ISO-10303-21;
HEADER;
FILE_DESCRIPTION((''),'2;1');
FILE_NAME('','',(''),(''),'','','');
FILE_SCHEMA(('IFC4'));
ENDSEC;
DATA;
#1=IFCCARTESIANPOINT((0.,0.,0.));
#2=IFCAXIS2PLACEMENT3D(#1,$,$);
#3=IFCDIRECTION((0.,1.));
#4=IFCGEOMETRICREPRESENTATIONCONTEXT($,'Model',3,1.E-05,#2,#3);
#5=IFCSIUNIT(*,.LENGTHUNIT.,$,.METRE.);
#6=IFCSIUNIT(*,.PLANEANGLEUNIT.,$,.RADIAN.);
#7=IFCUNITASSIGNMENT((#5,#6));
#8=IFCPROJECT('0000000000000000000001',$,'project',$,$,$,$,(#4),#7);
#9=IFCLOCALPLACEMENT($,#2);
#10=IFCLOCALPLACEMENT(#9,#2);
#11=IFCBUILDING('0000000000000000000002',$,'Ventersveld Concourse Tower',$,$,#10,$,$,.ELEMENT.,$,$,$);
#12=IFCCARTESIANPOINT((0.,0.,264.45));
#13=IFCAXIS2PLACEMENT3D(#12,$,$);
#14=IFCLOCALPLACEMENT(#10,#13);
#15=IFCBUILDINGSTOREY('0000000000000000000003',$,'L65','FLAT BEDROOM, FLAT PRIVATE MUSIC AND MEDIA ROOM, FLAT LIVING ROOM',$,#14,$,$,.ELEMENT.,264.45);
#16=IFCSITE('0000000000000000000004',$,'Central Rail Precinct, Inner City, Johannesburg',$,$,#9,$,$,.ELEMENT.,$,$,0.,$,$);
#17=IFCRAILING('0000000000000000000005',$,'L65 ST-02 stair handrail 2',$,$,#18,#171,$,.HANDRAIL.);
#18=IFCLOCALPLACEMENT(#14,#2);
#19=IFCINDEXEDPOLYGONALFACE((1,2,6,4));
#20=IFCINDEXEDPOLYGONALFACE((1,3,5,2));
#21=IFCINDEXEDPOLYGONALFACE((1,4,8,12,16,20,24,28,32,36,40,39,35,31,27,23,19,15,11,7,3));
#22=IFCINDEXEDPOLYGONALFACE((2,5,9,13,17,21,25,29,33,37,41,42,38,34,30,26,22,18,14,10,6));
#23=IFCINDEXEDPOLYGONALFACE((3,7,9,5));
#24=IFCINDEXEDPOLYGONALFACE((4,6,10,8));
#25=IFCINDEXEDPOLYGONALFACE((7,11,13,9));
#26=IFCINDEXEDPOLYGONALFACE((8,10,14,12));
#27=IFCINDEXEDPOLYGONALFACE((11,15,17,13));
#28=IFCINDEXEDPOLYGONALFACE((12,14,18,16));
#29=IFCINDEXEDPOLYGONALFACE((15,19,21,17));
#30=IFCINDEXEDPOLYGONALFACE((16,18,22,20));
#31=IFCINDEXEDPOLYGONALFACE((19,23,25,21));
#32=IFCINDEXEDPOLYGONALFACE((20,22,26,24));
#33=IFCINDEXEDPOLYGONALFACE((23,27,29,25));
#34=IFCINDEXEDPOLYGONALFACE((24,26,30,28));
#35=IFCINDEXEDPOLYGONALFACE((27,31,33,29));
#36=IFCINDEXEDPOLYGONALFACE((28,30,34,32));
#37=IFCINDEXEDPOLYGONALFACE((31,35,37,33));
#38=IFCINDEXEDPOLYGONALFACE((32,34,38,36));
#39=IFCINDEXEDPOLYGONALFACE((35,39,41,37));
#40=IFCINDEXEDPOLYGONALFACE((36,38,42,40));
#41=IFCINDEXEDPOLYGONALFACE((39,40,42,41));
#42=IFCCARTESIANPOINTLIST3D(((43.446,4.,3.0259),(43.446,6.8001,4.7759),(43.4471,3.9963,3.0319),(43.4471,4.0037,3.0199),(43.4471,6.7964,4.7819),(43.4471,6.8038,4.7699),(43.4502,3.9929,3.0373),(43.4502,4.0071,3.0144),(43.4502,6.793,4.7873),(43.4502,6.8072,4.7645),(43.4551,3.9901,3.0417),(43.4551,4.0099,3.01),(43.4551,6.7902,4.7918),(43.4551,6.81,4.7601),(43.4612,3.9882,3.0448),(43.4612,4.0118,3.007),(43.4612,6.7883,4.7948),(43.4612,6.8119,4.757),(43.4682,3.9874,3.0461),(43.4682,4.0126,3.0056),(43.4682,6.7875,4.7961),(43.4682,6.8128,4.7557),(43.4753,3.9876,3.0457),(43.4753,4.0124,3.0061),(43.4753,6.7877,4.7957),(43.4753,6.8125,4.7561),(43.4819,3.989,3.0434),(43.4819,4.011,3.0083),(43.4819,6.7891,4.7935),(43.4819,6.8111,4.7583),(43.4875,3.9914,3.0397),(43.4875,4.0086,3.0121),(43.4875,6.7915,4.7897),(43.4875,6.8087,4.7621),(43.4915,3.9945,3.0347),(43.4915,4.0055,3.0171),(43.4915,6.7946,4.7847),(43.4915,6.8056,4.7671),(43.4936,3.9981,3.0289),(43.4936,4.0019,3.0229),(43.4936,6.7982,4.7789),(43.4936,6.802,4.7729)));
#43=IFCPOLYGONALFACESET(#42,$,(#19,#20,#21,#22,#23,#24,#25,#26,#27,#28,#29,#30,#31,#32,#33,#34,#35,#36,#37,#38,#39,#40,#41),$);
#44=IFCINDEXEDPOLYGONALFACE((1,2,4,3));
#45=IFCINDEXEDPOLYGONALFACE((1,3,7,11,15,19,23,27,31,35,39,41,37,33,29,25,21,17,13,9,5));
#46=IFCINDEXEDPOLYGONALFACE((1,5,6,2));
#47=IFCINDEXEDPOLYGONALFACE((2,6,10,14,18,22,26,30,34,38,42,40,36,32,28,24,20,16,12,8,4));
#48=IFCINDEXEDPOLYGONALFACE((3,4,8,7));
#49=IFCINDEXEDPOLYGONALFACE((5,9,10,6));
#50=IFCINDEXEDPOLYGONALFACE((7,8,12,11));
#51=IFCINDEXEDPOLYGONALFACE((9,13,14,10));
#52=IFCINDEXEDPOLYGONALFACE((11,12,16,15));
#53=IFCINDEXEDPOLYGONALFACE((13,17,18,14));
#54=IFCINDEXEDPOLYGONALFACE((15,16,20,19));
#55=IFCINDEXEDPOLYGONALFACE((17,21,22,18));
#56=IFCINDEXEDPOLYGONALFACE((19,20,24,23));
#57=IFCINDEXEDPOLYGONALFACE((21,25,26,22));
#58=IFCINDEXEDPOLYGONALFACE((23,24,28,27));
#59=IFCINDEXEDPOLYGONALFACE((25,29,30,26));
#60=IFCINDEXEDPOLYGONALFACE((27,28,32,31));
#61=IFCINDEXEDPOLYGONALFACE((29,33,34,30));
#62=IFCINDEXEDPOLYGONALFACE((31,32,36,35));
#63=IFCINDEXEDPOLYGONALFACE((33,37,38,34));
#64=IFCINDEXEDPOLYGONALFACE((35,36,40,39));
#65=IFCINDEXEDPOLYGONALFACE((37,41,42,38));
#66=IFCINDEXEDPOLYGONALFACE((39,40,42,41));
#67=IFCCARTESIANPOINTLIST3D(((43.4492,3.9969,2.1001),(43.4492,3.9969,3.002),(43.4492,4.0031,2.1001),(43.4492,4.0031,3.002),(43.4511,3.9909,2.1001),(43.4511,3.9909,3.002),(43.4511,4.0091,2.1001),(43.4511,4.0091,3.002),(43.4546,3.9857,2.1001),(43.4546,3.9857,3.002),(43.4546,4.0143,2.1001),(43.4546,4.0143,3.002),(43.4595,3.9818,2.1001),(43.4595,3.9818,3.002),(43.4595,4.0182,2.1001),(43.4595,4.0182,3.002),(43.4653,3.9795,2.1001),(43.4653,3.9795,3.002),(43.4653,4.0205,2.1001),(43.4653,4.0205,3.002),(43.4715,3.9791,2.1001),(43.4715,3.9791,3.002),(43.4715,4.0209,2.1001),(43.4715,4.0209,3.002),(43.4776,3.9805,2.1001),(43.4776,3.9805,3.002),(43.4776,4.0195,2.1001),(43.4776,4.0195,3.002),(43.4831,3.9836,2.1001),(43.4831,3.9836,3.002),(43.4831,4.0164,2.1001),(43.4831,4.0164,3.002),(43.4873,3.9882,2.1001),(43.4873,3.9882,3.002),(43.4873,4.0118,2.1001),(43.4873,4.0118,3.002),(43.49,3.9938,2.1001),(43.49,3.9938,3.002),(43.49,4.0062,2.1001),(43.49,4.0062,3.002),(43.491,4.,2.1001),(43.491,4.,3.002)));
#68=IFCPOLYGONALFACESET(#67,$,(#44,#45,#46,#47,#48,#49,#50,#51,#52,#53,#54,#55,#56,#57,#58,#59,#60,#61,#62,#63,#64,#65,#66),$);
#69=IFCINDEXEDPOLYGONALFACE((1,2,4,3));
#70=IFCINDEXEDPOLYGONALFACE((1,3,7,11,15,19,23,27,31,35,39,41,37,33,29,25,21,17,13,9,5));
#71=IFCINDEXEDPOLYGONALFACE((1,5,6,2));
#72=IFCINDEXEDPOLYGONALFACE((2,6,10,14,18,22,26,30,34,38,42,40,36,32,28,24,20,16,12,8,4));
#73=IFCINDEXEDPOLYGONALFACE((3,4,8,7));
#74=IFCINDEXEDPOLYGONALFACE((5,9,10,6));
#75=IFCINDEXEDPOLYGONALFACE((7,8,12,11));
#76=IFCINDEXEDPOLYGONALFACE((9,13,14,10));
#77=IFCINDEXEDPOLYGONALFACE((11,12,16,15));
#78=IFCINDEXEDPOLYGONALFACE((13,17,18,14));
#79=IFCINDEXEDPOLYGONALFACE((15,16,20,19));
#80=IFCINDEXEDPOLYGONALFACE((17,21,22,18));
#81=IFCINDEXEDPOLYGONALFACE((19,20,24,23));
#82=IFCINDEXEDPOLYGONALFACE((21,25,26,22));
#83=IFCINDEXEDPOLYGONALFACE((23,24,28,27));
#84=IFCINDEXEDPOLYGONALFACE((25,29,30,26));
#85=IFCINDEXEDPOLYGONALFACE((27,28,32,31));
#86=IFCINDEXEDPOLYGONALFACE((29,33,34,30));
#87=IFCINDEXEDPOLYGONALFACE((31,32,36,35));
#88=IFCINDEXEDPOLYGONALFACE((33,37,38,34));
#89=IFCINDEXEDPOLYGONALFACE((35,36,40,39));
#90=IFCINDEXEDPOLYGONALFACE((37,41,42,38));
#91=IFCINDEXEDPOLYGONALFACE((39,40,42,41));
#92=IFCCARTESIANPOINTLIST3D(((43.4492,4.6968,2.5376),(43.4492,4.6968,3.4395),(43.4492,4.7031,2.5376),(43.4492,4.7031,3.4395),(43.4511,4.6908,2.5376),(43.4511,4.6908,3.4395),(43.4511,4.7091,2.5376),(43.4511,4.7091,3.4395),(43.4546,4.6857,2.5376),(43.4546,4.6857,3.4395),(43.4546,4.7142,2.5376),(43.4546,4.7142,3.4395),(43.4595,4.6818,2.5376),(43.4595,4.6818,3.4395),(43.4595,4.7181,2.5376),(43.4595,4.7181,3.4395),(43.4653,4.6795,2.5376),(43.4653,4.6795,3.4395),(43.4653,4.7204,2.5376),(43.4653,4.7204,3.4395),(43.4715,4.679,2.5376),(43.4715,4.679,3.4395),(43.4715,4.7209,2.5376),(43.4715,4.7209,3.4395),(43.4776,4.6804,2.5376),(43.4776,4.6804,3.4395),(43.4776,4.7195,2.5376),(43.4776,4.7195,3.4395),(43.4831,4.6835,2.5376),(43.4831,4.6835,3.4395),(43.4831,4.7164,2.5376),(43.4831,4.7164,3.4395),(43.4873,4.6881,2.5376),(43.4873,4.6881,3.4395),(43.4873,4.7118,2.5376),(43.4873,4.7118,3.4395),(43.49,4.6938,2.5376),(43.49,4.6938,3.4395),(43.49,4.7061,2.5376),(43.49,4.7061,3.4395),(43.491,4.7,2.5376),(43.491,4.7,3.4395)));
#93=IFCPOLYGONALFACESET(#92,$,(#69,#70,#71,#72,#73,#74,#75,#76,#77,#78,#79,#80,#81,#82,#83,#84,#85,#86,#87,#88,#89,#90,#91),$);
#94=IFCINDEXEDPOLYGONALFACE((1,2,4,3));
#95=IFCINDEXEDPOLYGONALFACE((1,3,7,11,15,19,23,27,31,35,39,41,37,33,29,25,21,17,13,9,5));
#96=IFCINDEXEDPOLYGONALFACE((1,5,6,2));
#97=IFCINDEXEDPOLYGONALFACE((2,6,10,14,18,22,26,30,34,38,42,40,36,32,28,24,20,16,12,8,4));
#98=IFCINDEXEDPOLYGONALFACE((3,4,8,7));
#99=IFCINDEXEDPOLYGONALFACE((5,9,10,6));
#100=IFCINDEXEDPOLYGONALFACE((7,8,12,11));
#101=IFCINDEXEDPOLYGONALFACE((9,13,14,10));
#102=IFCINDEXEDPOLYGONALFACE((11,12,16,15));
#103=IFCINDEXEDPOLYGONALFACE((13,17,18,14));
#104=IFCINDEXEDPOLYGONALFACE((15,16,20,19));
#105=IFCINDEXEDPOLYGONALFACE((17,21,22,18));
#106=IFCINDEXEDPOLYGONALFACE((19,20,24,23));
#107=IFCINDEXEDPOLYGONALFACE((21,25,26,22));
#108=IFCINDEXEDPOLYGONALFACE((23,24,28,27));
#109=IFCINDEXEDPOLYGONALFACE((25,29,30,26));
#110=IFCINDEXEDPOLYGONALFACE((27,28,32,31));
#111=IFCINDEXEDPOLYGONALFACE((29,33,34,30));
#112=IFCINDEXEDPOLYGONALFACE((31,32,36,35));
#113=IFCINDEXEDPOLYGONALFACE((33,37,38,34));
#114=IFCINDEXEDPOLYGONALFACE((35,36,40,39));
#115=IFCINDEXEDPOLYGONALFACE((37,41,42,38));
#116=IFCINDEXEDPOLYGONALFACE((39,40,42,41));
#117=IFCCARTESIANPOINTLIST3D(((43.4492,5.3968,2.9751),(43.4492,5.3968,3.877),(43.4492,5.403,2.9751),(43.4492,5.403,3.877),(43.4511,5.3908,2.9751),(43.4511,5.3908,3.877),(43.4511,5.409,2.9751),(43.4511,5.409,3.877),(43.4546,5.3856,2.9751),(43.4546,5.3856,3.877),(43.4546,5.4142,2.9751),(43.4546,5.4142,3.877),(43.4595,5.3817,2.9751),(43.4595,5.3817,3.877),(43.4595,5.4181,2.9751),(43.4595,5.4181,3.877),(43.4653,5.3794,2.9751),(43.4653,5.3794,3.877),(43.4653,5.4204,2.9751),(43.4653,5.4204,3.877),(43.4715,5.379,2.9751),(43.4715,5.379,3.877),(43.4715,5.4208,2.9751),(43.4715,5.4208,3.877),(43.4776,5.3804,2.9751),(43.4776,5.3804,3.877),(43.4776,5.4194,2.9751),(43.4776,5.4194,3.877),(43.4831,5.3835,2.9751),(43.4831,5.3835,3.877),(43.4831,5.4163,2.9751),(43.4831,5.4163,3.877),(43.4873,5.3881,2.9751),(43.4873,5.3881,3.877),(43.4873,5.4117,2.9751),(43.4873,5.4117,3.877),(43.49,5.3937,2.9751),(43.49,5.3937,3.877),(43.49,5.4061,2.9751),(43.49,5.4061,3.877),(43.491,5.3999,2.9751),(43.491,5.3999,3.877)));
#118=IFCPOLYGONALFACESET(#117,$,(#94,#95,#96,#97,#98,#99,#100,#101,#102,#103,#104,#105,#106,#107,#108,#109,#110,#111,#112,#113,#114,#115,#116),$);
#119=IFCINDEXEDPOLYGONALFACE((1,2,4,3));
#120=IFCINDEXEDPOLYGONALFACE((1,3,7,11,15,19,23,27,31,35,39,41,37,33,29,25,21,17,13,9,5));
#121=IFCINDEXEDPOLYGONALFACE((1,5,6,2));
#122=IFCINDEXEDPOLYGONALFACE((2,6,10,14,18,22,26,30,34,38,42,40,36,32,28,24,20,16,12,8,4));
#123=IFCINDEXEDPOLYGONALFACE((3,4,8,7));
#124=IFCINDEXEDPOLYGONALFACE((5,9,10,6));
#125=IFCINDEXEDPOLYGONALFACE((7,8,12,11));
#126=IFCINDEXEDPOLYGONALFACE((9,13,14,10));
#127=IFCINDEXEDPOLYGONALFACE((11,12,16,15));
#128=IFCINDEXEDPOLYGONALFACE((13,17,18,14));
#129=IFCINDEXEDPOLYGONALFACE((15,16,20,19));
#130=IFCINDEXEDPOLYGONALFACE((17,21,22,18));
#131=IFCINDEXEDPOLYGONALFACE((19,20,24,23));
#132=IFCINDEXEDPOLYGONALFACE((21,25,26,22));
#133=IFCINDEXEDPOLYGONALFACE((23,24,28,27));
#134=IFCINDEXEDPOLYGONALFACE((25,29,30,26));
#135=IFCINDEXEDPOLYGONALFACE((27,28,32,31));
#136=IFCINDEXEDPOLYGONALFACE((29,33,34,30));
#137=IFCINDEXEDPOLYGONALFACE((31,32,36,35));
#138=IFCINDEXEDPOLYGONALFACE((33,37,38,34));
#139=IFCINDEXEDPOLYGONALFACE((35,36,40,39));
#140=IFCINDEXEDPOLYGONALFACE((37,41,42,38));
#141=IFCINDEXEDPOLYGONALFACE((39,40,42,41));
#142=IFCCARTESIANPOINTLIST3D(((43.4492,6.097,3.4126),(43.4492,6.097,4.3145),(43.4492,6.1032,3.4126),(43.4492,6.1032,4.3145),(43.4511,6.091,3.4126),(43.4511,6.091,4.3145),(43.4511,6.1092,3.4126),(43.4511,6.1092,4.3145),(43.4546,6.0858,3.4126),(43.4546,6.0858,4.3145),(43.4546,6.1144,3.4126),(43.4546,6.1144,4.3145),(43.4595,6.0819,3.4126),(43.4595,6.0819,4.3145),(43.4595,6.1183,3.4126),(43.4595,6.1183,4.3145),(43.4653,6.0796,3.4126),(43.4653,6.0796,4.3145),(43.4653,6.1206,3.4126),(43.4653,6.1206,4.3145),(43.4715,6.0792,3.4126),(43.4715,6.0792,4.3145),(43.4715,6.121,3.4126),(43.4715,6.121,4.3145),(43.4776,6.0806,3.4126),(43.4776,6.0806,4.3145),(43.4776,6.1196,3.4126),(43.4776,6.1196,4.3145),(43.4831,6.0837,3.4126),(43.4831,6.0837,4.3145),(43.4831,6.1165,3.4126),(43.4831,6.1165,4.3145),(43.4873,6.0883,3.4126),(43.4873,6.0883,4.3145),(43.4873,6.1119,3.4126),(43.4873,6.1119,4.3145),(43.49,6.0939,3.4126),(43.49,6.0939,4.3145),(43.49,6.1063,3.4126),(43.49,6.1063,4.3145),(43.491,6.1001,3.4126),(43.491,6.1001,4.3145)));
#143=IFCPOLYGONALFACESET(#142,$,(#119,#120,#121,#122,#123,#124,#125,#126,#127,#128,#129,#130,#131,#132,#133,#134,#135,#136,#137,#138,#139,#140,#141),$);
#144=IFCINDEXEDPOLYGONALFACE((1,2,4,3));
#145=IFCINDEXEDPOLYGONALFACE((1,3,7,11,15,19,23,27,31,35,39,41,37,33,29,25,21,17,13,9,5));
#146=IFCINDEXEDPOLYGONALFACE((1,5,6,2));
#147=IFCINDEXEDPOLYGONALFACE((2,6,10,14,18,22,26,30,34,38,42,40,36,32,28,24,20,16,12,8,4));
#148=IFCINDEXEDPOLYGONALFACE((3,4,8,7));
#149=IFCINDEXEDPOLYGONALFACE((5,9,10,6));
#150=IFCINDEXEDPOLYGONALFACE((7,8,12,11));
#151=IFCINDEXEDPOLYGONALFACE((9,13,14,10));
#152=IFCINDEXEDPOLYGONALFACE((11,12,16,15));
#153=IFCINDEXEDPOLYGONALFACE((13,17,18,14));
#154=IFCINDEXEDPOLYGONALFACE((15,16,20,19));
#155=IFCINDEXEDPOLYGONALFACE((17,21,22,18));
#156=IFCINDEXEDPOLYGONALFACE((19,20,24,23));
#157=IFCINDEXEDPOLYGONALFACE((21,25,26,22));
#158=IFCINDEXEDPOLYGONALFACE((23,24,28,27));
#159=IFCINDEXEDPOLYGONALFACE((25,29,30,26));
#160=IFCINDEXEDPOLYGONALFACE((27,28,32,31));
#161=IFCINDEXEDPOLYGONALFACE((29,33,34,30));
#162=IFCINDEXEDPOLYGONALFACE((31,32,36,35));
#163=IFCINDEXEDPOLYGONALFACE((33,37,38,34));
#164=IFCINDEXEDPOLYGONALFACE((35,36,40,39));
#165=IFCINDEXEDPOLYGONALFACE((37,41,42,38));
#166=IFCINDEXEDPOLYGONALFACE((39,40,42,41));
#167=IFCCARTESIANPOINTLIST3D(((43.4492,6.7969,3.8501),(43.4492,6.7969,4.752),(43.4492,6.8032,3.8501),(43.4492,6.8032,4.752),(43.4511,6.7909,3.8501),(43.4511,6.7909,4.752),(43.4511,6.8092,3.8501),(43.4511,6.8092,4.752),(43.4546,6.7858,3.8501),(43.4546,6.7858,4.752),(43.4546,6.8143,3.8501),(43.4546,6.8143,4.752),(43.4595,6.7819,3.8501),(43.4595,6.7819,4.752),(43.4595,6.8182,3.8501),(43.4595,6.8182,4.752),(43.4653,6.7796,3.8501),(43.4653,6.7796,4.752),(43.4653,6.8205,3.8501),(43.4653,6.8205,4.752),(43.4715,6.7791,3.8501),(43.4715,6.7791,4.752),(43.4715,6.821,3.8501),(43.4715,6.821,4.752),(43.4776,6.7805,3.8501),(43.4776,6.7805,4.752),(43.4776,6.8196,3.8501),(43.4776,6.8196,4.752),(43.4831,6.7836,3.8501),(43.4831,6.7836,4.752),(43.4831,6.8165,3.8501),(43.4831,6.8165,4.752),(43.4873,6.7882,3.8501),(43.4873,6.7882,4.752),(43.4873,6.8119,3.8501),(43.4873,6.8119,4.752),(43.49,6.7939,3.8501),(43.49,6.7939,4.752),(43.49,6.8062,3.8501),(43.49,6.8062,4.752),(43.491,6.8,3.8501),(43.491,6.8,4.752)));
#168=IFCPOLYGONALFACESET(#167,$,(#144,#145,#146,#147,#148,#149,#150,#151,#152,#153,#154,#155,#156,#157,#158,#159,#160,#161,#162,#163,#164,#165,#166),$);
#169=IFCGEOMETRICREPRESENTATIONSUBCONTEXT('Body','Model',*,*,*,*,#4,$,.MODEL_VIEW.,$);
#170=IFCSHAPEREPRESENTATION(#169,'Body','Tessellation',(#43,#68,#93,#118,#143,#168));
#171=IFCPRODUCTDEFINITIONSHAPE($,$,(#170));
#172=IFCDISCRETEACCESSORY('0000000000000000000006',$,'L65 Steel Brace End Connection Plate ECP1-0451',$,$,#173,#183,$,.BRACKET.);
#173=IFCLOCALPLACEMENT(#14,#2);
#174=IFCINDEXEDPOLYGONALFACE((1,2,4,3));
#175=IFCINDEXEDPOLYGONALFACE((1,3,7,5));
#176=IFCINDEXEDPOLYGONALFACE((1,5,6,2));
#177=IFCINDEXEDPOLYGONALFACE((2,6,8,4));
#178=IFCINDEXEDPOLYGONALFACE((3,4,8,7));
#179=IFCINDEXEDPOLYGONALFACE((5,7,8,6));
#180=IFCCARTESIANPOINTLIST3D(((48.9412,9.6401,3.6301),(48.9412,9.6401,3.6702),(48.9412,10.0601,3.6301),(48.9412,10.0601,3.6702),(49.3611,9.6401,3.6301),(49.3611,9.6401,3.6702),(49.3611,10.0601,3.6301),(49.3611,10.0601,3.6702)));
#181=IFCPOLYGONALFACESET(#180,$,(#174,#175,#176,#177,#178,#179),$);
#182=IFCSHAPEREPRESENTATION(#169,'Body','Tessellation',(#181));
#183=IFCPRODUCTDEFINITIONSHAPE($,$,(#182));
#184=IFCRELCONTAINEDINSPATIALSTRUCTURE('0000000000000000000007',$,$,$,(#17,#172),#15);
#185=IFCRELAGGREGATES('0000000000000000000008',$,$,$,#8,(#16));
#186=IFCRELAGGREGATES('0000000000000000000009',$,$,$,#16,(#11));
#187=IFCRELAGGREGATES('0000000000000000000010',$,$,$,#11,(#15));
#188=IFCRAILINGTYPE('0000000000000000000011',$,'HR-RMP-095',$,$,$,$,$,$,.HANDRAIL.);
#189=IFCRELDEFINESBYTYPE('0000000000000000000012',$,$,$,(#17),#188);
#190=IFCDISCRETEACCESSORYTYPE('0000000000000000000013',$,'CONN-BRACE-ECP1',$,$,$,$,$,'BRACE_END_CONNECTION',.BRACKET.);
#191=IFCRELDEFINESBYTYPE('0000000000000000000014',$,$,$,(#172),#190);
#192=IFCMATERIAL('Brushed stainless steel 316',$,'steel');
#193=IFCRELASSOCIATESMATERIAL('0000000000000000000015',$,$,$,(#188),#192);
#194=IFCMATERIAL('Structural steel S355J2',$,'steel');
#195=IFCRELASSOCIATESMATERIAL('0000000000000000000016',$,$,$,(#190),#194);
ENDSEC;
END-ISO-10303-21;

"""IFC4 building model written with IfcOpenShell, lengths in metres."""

from ifc_helpers import new_model, si_unit, direction, frame, origin, origin_2d, place, context, subcontext, project, spatial, rectangle, circle, extrude, material, type_object, element, save


model = new_model("IFC4")

# Units and contexts
model_context = context("Model", 3, precision=1e-05, world=origin(), true_north=direction((0.0, 1.0)))
body_context = subcontext(model_context, "Body", "Model", "MODEL_VIEW")
ifc_project = project(units=[si_unit("LENGTHUNIT", "METRE"), si_unit("PLANEANGLEUNIT", "RADIAN")], contexts=[model_context])

# Site, building, storey
site_placement = place(None, origin())
site = spatial("IfcSite", under=ifc_project, at=site_placement, Name="Central Rail Precinct, Inner City, Johannesburg", CompositionType="ELEMENT", RefElevation=0.0)
building_placement = place(site_placement, origin())
building = spatial("IfcBuilding", under=site, at=building_placement, Name="Ventersveld Concourse Tower", CompositionType="ELEMENT")
storey_placement = place(building_placement, frame((0.0, 0.0, 264.45)))
storey = spatial("IfcBuildingStorey", under=building, at=storey_placement, Name="L65", Description="FLAT BEDROOM, FLAT PRIVATE MUSIC AND MEDIA ROOM, FLAT LIVING ROOM", CompositionType="ELEMENT", Elevation=264.45)

# Shared definitions
ifc_material_1 = material(Name="Structural steel S355J2", Category="steel")

# Railing
ifc_material_2 = material(Name="Brushed stainless steel 316", Category="steel")
railing_type_1 = type_object("IfcRailingType", Name="HR-RMP-095", PredefinedType="HANDRAIL", material=ifc_material_2)
railing_1_placement = place(storey_placement, frame((43.47, 4.0, 2.1001)))
element("IfcRailing", 1, at=railing_1_placement, inside=storey, type_object=railing_type_1, Name="L65 ST-02 stair handrail 2", PredefinedType="HANDRAIL", context=body_context, shape_type="SweptSolid", body=[
    extrude(circle(Radius=0.0239, at=origin_2d()), frame((0.0, 0.0, 0.9258), z_axis=(0.0, 0.848002, 0.529992), x_axis=(-1.0, 0.0, 0.0)), (0.0, 0.0, 1.0), 3.302),
    extrude(circle(Radius=0.021, at=origin_2d()), origin(), (0.0, 0.0, 1.0), 0.9019),
    extrude(circle(Radius=0.021, at=origin_2d()), frame((0.0, 0.7, 0.4375)), (0.0, 0.0, 1.0), 0.9019),
    extrude(circle(Radius=0.021, at=origin_2d()), frame((0.0, 1.3999, 0.875)), (0.0, 0.0, 1.0), 0.9019),
    extrude(circle(Radius=0.021, at=origin_2d()), frame((0.0, 2.1001, 1.3125)), (0.0, 0.0, 1.0), 0.9019),
    extrude(circle(Radius=0.021, at=origin_2d()), frame((0.0, 2.8, 1.75)), (0.0, 0.0, 1.0), 0.9019),
])

# Discrete accessory
discrete_accessory_type = type_object("IfcDiscreteAccessoryType", Name="CONN-BRACE-ECP1", ElementType="BRACE_END_CONNECTION", PredefinedType="BRACKET", material=ifc_material_1)
discrete_accessory_placement = place(storey_placement, frame((49.1511, 9.8501, 3.6301), z_axis=(0.0, 0.0, 1.0), x_axis=(1.0, 0.0, 0.0)))
element("IfcDiscreteAccessory", 2, at=discrete_accessory_placement, inside=storey, type_object=discrete_accessory_type, Name="L65 Steel Brace End Connection Plate ECP1-0451", PredefinedType="BRACKET", context=body_context, shape_type="SweptSolid", body=[
    extrude(rectangle(XDim=0.4199, YDim=0.4199, at=origin_2d()), origin(), (0.0, 0.0, 1.0), 0.04),
])

save(model, "model.ifc")
